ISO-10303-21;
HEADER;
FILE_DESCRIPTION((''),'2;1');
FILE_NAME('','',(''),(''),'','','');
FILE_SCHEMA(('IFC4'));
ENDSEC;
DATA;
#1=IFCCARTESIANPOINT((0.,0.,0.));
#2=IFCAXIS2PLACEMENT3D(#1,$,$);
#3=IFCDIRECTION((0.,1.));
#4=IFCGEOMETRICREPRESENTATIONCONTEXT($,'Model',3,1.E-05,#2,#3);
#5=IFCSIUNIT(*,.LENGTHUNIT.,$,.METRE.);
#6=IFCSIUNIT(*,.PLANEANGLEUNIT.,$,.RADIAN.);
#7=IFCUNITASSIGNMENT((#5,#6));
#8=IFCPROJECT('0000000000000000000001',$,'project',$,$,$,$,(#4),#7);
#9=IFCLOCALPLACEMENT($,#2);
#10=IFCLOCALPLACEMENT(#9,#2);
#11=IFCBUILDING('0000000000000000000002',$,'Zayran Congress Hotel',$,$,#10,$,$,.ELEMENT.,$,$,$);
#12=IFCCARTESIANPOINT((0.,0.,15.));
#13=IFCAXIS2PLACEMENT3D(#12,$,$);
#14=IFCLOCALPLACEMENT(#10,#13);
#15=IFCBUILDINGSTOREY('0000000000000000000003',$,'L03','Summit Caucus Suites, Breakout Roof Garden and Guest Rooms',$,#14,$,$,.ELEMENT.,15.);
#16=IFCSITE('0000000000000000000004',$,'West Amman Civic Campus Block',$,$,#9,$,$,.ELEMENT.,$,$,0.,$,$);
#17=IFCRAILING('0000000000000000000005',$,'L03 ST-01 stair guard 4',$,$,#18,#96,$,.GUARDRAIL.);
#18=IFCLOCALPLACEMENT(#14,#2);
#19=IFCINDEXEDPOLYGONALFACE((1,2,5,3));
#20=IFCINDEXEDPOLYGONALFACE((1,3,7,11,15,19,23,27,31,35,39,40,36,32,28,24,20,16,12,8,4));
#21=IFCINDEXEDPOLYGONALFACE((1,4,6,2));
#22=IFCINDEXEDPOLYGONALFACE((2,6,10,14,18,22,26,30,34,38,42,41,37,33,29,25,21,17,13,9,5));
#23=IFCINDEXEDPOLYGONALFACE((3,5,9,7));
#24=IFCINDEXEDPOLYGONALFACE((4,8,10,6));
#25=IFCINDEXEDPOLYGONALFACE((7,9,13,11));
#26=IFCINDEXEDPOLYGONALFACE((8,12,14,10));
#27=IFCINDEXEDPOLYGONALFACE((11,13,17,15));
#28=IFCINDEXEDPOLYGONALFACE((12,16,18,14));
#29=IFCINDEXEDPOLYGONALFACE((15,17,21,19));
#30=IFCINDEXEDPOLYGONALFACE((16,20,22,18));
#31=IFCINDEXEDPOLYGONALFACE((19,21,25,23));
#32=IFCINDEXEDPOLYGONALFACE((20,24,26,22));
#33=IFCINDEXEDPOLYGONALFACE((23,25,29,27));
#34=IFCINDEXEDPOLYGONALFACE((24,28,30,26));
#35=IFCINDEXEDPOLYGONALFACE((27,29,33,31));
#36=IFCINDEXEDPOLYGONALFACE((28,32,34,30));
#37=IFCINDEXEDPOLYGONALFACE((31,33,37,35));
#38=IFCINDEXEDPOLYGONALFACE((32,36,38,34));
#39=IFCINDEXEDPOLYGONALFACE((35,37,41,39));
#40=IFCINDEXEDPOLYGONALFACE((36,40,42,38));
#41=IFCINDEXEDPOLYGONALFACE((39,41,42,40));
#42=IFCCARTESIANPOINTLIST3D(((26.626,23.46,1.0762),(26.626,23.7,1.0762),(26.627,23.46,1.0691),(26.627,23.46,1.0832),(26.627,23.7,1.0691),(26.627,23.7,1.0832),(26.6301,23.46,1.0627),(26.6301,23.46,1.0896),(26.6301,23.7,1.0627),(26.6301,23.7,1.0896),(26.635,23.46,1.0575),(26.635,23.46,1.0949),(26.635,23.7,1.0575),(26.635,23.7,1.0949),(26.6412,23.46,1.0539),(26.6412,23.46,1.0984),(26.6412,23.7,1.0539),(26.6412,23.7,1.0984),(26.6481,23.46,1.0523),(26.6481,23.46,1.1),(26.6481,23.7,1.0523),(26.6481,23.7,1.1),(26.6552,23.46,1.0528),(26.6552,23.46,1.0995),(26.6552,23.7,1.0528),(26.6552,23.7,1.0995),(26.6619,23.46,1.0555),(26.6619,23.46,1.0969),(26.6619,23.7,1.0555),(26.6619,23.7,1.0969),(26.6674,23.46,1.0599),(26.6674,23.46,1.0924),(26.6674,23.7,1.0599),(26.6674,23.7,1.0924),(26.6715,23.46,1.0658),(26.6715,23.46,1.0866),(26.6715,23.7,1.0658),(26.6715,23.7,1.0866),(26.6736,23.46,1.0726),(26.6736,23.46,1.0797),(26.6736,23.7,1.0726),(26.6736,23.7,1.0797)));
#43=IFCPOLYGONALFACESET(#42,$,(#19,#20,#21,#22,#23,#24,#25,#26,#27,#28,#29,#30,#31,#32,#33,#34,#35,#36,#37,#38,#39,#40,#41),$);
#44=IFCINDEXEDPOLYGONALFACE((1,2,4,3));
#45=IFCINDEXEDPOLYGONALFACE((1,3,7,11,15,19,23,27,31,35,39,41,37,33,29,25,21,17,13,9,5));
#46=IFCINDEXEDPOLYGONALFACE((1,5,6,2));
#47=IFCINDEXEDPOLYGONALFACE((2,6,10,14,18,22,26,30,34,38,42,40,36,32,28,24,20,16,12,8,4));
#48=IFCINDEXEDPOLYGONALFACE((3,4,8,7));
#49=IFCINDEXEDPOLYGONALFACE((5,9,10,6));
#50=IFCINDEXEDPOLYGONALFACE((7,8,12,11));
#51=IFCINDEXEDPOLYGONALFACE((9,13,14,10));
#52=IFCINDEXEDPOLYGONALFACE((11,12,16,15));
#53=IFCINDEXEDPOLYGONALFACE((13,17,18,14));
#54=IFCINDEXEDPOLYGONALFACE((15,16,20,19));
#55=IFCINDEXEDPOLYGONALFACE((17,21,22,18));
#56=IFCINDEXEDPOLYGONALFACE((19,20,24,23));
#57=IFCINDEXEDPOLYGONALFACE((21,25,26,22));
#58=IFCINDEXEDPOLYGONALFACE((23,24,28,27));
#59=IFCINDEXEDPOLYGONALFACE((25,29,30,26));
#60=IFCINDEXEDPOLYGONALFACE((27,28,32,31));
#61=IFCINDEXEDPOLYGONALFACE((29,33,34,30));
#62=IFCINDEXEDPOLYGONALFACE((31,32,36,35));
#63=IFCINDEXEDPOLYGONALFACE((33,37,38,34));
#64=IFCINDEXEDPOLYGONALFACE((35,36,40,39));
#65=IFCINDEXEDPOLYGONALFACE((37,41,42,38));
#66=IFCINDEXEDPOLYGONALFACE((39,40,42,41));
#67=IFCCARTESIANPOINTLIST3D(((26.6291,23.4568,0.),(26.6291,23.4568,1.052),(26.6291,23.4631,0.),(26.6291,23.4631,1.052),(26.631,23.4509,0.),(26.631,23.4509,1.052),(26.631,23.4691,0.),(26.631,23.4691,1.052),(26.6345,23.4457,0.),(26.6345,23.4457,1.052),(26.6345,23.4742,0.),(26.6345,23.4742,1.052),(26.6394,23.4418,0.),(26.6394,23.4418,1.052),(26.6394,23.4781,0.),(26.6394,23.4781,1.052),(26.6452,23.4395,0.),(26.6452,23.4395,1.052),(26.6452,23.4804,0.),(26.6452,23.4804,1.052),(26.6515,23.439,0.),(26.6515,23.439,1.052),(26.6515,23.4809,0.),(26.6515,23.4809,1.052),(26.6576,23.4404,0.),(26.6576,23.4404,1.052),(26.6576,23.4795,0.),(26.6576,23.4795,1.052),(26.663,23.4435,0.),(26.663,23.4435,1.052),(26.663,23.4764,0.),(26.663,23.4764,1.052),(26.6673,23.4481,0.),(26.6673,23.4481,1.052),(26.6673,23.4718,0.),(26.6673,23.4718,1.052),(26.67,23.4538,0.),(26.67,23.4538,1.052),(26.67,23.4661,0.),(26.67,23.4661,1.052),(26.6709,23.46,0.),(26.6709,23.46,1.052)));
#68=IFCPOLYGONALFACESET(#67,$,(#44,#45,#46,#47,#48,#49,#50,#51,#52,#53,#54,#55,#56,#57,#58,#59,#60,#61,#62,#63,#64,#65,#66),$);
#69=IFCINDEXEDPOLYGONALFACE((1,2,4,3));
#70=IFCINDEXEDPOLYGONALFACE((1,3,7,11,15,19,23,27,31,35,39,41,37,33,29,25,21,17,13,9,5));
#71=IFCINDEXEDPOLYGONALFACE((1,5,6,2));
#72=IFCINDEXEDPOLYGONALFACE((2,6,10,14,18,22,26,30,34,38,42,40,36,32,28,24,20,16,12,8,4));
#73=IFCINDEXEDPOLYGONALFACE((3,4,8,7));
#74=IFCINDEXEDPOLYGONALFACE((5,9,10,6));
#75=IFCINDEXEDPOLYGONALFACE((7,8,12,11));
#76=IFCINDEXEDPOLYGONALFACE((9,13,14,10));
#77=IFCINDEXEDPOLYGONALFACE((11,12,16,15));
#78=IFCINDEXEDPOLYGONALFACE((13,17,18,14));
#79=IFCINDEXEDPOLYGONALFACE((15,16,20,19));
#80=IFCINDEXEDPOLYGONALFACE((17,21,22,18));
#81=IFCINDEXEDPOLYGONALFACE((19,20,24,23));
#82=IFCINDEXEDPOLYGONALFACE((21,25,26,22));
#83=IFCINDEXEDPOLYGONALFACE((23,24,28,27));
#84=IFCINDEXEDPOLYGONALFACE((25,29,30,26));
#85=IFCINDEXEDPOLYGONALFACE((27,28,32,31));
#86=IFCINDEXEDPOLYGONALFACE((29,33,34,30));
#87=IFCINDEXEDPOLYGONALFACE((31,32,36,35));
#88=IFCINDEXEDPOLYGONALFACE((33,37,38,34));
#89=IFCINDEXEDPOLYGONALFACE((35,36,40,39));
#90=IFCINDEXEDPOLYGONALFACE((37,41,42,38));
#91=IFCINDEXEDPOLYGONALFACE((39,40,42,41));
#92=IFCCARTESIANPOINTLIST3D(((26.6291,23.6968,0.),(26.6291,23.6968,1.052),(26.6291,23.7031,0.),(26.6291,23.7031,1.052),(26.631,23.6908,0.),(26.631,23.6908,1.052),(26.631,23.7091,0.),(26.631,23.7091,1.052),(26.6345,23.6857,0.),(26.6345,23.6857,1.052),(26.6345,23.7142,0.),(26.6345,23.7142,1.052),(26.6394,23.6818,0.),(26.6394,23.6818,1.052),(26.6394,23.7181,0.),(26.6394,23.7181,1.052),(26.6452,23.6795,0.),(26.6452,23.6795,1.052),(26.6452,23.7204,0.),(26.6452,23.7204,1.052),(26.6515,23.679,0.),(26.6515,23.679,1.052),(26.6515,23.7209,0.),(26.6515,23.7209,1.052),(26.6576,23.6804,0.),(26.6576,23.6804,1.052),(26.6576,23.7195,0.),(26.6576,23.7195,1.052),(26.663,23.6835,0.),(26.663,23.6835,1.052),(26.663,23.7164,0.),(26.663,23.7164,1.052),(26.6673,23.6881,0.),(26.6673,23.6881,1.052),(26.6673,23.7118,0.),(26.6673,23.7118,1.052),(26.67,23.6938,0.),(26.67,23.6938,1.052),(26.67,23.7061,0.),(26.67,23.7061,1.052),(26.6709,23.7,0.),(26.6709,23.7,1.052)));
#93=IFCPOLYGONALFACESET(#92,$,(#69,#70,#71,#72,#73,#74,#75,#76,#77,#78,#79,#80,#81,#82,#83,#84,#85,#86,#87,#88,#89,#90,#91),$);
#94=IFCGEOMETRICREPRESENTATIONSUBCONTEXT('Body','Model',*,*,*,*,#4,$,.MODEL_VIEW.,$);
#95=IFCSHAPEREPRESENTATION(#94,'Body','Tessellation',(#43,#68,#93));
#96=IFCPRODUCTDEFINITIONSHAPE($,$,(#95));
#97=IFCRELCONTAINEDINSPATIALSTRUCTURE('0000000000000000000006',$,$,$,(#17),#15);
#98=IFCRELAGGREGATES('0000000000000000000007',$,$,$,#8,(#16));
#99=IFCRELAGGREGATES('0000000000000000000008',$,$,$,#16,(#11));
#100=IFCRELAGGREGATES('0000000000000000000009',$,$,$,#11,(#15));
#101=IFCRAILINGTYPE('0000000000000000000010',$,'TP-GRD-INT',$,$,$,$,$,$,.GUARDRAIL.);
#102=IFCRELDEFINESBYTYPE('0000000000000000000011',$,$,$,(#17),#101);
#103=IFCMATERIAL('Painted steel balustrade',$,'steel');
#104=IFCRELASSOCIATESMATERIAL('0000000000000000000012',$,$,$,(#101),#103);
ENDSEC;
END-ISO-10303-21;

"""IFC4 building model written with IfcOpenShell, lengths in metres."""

from ifc_helpers import new_model, si_unit, direction, frame, origin, origin_2d, place, context, subcontext, project, spatial, circle, extrude, material, type_object, element, save


model = new_model("IFC4")

# Units and contexts
model_context = context("Model", 3, precision=1e-05, world=origin(), true_north=direction((0.0, 1.0)))
body_context = subcontext(model_context, "Body", "Model", "MODEL_VIEW")
ifc_project = project(units=[si_unit("LENGTHUNIT", "METRE"), si_unit("PLANEANGLEUNIT", "RADIAN")], contexts=[model_context])

# Site, building, storey
site_placement = place(None, origin())
site = spatial("IfcSite", under=ifc_project, at=site_placement, Name="West Amman Civic Campus Block", CompositionType="ELEMENT", RefElevation=0.0)
building_placement = place(site_placement, origin())
building = spatial("IfcBuilding", under=site, at=building_placement, Name="Zayran Congress Hotel", CompositionType="ELEMENT")
storey_placement = place(building_placement, frame((0.0, 0.0, 15.0)))
storey = spatial("IfcBuildingStorey", under=building, at=storey_placement, Name="L03", Description="Summit Caucus Suites, Breakout Roof Garden and Guest Rooms", CompositionType="ELEMENT", Elevation=15.0)

# Railing
ifc_material_1 = material(Name="Painted steel balustrade", Category="steel")
railing_type_1 = type_object("IfcRailingType", Name="TP-GRD-INT", PredefinedType="GUARDRAIL", material=ifc_material_1)
railing_1_placement = place(storey_placement, frame((26.6499, 23.46, 0.0)))
element("IfcRailing", 1, at=railing_1_placement, inside=storey, type_object=railing_type_1, Name="L03 ST-01 stair guard 4", PredefinedType="GUARDRAIL", context=body_context, shape_type="SweptSolid", body=[
    extrude(circle(Radius=0.0239, at=origin_2d()), frame((0.0, 0.0, 1.0762), z_axis=(0.0, 1.0, 0.0), x_axis=(-1.0, 0.0, 0.0)), (0.0, 0.0, 1.0), 0.24),
    extrude(circle(Radius=0.021, at=origin_2d()), origin(), (0.0, 0.0, 1.0), 1.052),
    extrude(circle(Radius=0.021, at=origin_2d()), frame((0.0, 0.24, 0.0)), (0.0, 0.0, 1.0), 1.052),
])

save(model, "model.ifc")
